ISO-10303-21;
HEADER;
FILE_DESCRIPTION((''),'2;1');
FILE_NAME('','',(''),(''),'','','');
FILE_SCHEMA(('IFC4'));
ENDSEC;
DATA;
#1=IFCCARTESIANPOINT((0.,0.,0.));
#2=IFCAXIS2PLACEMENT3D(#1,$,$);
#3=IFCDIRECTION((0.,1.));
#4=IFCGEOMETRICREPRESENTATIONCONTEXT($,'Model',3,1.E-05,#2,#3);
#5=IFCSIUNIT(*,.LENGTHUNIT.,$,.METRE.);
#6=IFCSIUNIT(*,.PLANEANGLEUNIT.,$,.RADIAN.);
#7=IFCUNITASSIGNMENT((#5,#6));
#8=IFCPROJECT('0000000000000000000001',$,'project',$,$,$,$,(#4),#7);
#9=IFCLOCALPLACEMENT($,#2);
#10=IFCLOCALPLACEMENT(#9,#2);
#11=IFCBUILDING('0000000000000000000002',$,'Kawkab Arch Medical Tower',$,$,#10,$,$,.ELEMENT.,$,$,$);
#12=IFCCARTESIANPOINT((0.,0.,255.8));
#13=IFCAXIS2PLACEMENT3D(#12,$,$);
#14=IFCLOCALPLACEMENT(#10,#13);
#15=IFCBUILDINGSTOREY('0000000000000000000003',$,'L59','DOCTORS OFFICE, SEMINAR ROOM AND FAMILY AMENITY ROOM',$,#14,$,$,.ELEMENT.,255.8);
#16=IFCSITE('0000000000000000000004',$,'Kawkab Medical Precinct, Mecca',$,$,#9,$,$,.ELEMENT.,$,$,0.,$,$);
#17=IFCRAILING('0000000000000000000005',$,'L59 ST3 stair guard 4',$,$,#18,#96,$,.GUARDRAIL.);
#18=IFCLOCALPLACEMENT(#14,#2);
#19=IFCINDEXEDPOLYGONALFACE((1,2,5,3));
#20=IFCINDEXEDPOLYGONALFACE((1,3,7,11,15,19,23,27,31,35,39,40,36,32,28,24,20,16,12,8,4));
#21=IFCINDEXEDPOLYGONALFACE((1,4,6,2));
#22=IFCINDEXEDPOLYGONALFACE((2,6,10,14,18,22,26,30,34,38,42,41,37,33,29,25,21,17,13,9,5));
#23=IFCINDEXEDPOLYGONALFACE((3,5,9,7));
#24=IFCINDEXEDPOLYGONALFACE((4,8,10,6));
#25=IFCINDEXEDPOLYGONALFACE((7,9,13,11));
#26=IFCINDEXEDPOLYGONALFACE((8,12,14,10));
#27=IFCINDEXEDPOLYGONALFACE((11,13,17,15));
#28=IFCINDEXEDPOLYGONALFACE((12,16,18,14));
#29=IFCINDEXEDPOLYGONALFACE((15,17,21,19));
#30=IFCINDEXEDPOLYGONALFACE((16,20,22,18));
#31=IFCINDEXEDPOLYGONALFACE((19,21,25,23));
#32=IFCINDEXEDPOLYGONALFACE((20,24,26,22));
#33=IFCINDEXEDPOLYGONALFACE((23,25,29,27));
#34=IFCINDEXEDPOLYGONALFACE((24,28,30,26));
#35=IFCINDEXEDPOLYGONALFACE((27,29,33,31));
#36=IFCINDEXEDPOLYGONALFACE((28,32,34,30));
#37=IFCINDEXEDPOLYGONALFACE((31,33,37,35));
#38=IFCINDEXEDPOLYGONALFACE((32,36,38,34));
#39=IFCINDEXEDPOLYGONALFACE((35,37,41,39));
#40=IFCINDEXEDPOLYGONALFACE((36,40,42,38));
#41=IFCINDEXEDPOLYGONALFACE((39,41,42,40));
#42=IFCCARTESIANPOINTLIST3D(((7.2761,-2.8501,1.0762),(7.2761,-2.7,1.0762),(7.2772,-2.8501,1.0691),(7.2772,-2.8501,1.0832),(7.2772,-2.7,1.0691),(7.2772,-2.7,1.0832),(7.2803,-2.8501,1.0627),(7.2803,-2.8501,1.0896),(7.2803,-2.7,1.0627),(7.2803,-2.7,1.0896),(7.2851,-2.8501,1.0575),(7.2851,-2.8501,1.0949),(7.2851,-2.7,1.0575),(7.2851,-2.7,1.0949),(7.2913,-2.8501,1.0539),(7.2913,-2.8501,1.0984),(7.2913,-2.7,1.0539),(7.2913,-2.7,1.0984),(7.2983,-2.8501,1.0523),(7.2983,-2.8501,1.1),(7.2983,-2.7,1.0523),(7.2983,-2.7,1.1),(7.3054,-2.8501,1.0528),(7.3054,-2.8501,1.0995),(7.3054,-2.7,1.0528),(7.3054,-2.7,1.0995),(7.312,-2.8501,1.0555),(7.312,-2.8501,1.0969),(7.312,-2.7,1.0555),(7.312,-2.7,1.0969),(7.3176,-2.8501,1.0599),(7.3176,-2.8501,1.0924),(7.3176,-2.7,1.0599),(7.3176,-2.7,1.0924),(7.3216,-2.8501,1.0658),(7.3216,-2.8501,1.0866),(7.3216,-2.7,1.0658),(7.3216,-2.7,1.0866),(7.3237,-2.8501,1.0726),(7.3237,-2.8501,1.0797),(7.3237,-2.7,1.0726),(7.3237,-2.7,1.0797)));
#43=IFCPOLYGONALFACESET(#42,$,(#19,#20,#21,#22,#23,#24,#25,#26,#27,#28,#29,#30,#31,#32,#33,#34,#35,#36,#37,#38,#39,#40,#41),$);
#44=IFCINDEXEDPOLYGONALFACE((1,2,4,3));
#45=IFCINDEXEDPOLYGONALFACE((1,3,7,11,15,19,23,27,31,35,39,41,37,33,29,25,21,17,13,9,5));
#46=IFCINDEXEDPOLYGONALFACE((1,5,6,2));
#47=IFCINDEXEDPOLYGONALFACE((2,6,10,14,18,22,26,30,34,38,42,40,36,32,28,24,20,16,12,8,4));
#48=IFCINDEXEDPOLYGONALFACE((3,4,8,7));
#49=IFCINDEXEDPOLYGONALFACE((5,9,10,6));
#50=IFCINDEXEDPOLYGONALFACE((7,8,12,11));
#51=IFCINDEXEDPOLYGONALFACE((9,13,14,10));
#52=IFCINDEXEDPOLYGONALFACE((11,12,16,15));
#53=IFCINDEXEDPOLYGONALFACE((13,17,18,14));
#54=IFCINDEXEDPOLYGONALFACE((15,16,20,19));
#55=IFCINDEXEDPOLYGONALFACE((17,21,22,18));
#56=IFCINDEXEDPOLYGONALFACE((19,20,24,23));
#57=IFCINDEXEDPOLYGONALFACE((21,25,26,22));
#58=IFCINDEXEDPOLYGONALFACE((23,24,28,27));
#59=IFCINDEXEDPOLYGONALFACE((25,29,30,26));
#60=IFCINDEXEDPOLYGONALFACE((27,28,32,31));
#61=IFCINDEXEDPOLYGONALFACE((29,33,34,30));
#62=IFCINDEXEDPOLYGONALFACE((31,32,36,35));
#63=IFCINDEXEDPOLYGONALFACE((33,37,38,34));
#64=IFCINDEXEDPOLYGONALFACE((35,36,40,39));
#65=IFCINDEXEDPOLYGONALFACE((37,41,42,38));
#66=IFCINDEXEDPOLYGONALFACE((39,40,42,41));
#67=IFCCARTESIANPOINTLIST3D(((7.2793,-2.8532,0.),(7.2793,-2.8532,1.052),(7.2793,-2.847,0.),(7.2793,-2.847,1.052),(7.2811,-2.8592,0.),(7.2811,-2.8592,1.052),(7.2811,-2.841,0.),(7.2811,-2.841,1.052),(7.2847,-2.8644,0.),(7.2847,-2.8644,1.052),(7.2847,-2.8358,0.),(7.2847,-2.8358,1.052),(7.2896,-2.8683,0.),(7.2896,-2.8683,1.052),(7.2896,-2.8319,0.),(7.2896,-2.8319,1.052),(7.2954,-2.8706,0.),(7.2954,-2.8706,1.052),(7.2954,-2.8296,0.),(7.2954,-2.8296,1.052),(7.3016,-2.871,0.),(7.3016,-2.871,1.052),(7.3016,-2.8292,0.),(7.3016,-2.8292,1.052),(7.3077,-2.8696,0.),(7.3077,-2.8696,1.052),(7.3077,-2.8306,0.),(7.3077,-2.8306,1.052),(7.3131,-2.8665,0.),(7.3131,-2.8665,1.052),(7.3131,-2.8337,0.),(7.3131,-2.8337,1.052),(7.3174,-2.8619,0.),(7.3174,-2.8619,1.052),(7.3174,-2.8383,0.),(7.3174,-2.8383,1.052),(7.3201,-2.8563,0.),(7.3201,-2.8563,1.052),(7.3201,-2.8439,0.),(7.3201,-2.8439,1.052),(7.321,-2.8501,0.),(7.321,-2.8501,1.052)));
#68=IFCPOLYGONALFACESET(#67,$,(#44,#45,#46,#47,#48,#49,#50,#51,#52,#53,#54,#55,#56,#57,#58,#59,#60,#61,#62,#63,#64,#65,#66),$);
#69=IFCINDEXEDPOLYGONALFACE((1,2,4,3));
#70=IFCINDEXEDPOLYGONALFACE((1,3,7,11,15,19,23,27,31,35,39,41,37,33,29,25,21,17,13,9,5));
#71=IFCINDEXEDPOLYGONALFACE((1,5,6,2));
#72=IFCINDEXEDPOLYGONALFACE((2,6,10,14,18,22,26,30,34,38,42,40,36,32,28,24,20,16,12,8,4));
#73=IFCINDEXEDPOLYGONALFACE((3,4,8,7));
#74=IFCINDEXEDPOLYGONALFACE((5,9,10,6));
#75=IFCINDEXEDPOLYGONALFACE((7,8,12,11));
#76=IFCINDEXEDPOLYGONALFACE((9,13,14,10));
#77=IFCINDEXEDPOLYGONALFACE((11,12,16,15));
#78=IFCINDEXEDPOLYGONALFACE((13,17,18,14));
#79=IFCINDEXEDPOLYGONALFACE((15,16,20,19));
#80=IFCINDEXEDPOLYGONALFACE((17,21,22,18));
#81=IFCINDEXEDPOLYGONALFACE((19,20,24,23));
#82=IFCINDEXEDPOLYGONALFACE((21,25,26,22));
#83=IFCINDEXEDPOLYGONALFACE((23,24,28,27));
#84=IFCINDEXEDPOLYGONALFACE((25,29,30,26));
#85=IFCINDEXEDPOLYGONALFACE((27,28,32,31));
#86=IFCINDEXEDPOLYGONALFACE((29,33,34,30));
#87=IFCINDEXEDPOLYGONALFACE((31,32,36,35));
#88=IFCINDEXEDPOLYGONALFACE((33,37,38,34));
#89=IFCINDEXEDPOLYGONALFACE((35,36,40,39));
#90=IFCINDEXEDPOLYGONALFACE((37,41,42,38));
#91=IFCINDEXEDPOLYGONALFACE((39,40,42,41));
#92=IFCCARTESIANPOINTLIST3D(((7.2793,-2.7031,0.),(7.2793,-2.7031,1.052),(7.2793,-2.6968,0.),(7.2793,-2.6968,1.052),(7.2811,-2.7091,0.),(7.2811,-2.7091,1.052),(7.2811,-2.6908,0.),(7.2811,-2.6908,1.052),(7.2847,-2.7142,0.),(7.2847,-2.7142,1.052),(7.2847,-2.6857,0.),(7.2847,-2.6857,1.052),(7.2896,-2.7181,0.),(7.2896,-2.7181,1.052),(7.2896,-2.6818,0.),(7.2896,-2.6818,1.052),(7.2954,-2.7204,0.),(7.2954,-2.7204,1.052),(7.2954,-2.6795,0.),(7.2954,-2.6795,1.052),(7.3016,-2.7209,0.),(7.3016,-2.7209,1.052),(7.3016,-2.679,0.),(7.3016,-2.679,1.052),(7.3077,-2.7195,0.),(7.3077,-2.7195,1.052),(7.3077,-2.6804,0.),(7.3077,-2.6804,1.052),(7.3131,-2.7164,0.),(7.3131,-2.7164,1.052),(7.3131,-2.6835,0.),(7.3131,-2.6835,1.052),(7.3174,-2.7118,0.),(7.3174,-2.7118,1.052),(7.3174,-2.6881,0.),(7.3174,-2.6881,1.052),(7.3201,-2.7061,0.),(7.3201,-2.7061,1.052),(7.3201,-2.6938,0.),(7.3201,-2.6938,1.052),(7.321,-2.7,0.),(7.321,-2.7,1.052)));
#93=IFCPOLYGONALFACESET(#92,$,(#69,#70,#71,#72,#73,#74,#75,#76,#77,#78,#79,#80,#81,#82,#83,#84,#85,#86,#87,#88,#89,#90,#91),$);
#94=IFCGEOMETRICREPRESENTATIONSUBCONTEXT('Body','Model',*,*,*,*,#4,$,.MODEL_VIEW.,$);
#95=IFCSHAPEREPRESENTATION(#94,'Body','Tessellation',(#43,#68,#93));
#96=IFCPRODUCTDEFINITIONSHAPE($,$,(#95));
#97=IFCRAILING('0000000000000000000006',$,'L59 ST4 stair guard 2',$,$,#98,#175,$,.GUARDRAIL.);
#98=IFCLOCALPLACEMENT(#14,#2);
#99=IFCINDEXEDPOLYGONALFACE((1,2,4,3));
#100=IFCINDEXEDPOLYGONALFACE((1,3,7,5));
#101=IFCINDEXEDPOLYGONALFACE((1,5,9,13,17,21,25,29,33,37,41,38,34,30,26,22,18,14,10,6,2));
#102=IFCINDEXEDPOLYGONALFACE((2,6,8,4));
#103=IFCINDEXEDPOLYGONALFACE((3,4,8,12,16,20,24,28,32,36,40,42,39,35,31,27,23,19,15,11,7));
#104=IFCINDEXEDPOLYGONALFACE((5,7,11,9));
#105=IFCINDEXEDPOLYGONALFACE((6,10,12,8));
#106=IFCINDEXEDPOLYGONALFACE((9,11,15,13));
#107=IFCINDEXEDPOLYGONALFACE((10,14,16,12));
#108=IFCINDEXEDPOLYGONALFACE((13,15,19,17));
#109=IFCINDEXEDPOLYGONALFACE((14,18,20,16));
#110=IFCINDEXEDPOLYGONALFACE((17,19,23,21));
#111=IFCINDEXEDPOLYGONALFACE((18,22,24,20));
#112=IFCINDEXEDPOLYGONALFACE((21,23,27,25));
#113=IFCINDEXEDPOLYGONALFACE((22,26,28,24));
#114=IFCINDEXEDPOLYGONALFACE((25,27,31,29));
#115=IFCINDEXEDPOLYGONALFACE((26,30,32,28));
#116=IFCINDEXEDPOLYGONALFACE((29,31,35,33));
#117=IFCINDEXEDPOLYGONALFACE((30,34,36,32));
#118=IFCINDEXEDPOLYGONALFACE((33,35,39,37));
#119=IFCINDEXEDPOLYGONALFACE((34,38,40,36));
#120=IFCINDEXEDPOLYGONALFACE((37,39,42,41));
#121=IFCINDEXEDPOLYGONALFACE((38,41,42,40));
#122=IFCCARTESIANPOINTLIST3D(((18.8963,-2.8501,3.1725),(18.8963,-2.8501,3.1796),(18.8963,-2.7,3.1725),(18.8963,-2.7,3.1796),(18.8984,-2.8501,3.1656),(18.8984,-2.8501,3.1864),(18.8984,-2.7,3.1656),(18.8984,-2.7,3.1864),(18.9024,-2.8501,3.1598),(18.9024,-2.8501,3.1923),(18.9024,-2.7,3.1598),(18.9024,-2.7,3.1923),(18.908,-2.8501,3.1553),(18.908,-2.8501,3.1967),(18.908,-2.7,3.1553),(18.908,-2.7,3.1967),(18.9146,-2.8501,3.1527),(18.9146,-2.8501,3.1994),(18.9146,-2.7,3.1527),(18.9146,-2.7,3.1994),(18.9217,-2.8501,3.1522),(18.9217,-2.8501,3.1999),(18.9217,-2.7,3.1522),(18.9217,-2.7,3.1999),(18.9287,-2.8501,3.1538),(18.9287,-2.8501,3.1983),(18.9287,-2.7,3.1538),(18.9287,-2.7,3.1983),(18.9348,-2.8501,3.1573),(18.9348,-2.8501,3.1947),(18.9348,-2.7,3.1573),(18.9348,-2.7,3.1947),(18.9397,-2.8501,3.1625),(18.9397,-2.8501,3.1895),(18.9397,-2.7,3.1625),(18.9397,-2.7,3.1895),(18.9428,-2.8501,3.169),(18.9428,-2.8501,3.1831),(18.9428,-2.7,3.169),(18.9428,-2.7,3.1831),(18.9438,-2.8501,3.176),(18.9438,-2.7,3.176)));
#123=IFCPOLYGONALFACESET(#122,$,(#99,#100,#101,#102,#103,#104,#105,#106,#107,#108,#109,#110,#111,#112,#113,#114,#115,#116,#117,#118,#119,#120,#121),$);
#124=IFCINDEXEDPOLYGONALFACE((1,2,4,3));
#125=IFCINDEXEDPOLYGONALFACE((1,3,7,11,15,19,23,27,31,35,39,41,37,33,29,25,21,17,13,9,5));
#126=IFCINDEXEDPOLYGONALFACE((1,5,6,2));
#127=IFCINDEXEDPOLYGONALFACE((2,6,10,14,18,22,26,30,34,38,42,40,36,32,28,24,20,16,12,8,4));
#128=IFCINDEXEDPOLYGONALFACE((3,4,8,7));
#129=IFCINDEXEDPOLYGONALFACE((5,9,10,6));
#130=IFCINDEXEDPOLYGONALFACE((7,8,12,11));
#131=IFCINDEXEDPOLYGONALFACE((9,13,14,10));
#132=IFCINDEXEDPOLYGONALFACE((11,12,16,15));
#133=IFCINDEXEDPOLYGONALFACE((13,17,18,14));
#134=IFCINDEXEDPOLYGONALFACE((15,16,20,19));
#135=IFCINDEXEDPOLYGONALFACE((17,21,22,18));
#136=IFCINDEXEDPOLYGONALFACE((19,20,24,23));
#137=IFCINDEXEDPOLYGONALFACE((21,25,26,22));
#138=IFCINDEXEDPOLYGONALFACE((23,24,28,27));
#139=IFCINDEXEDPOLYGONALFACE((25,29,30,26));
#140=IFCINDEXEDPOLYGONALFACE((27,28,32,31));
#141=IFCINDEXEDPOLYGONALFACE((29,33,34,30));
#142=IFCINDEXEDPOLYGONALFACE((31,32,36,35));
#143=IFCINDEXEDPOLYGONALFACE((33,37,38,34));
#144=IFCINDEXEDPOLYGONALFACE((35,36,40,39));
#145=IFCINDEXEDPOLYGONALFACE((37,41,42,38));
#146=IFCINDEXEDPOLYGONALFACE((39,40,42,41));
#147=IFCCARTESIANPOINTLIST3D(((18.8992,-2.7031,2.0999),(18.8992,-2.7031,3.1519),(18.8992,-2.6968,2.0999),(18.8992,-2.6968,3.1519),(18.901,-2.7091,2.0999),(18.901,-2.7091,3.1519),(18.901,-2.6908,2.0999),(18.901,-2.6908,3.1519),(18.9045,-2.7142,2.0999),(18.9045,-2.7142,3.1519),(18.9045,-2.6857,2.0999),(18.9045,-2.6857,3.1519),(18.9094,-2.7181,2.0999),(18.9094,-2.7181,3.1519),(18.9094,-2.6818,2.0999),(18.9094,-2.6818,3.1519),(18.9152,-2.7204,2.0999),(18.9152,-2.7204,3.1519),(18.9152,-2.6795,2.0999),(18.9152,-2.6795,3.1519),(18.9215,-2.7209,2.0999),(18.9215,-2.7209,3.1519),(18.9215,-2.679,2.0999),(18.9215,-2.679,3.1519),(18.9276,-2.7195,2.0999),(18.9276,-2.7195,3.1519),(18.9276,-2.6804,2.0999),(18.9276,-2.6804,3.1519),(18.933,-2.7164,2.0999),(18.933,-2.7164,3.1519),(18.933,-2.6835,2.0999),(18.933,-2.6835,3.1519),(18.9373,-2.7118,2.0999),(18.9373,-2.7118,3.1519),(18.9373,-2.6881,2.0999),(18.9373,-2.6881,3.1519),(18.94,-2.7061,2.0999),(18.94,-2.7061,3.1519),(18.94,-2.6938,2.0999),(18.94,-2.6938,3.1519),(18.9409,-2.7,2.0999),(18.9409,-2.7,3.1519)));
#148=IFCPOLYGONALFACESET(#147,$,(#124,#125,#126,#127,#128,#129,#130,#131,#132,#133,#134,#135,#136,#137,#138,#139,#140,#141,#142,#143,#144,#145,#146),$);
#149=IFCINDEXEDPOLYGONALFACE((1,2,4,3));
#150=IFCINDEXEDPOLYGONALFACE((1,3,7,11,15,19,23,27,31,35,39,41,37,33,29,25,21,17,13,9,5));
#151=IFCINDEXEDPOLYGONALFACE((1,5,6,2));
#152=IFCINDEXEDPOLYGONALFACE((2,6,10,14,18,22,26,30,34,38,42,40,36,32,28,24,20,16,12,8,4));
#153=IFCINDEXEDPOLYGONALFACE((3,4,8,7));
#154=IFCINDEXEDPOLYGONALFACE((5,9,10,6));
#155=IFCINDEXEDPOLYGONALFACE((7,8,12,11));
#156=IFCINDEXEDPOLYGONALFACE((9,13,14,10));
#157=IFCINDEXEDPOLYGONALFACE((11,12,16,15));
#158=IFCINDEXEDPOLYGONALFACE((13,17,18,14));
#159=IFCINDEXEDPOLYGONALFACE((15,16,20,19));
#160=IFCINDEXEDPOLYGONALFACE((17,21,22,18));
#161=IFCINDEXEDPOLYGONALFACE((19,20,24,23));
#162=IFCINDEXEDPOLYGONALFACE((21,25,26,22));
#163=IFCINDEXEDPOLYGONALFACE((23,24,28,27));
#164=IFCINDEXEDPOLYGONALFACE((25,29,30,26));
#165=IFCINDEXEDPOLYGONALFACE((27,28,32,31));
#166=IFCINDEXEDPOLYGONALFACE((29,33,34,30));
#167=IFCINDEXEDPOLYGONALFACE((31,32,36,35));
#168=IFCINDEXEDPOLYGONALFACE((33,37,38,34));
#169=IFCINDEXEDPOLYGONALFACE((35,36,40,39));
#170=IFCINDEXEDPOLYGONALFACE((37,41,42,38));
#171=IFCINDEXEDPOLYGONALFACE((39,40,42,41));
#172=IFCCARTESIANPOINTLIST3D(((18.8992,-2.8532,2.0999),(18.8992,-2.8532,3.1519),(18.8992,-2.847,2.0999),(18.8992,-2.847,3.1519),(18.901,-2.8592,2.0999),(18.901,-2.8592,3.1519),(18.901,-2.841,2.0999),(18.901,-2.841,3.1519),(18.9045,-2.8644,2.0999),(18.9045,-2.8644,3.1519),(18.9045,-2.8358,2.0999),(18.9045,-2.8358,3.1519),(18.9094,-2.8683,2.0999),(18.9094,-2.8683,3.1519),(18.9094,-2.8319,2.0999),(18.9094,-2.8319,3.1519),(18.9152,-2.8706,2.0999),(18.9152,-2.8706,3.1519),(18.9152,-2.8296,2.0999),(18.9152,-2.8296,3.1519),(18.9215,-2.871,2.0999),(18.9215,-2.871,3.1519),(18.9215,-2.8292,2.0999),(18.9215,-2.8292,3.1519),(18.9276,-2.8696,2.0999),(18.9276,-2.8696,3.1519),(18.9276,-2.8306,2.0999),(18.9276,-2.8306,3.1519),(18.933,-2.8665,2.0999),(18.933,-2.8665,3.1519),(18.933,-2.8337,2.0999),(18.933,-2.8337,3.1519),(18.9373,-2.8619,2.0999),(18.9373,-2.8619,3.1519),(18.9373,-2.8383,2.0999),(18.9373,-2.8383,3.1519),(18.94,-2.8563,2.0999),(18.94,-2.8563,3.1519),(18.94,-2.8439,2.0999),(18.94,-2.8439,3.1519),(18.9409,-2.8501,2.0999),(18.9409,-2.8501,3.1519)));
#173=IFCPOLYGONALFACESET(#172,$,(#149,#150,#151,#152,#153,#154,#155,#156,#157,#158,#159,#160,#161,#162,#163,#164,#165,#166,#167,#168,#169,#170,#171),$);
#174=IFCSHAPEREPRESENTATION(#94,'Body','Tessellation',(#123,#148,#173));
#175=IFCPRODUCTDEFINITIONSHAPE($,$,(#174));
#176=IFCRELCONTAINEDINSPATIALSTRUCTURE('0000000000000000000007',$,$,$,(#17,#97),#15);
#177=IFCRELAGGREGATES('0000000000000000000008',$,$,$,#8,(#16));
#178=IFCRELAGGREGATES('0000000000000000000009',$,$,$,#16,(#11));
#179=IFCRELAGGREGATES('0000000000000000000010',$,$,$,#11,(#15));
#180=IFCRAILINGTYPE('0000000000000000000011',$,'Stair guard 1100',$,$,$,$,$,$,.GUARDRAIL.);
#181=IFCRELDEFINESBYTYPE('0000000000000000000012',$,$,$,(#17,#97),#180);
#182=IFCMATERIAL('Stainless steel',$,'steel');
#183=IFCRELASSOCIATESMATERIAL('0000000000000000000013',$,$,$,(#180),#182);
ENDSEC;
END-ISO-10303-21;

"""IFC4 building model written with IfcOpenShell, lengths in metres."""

from ifc_helpers import new_model, si_unit, direction, frame, origin, origin_2d, place, context, subcontext, project, spatial, circle, extrude, material, type_object, element, save


model = new_model("IFC4")

# Units and contexts
model_context = context("Model", 3, precision=1e-05, world=origin(), true_north=direction((0.0, 1.0)))
body_context = subcontext(model_context, "Body", "Model", "MODEL_VIEW")
ifc_project = project(units=[si_unit("LENGTHUNIT", "METRE"), si_unit("PLANEANGLEUNIT", "RADIAN")], contexts=[model_context])

# Site, building, storey
site_placement = place(None, origin())
site = spatial("IfcSite", under=ifc_project, at=site_placement, Name="Kawkab Medical Precinct, Mecca", CompositionType="ELEMENT", RefElevation=0.0)
building_placement = place(site_placement, origin())
building = spatial("IfcBuilding", under=site, at=building_placement, Name="Kawkab Arch Medical Tower", CompositionType="ELEMENT")
storey_placement = place(building_placement, frame((0.0, 0.0, 255.8)))
storey = spatial("IfcBuildingStorey", under=building, at=storey_placement, Name="L59", Description="DOCTORS OFFICE, SEMINAR ROOM AND FAMILY AMENITY ROOM", CompositionType="ELEMENT", Elevation=255.8)

# Railings
ifc_material_1 = material(Name="Stainless steel", Category="steel")
railing_type_1 = type_object("IfcRailingType", Name="Stair guard 1100", PredefinedType="GUARDRAIL", material=ifc_material_1)
railing_1_placement = place(storey_placement, frame((7.3, -2.8501, 0.0)))
element("IfcRailing", 1, at=railing_1_placement, inside=storey, type_object=railing_type_1, Name="L59 ST3 stair guard 4", PredefinedType="GUARDRAIL", context=body_context, shape_type="SweptSolid", body=[
    extrude(circle(Radius=0.0239, at=origin_2d()), frame((0.0, 0.0, 1.0762), z_axis=(0.0, 1.0, 0.0), x_axis=(-1.0, 0.0, 0.0)), (0.0, 0.0, 1.0), 0.1501),
    extrude(circle(Radius=0.021, at=origin_2d()), origin(), (0.0, 0.0, 1.0), 1.052),
    extrude(circle(Radius=0.021, at=origin_2d()), frame((0.0, 0.1501, 0.0)), (0.0, 0.0, 1.0), 1.052),
])
railing_2_placement = place(storey_placement, frame((18.9199, -2.7, 2.0999)))
element("IfcRailing", 2, at=railing_2_placement, inside=storey, type_object=railing_type_1, Name="L59 ST4 stair guard 2", PredefinedType="GUARDRAIL", context=body_context, shape_type="SweptSolid", body=[
    extrude(circle(Radius=0.0239, at=origin_2d()), frame((0.0, 0.0, 1.0762), z_axis=(0.0, -1.0, 0.0), x_axis=(1.0, 0.0, 0.0)), (0.0, 0.0, 1.0), 0.1501),
    extrude(circle(Radius=0.021, at=origin_2d()), origin(), (0.0, 0.0, 1.0), 1.052),
    extrude(circle(Radius=0.021, at=origin_2d()), frame((0.0, -0.1501, 0.0)), (0.0, 0.0, 1.0), 1.052),
])

save(model, "model.ifc")
